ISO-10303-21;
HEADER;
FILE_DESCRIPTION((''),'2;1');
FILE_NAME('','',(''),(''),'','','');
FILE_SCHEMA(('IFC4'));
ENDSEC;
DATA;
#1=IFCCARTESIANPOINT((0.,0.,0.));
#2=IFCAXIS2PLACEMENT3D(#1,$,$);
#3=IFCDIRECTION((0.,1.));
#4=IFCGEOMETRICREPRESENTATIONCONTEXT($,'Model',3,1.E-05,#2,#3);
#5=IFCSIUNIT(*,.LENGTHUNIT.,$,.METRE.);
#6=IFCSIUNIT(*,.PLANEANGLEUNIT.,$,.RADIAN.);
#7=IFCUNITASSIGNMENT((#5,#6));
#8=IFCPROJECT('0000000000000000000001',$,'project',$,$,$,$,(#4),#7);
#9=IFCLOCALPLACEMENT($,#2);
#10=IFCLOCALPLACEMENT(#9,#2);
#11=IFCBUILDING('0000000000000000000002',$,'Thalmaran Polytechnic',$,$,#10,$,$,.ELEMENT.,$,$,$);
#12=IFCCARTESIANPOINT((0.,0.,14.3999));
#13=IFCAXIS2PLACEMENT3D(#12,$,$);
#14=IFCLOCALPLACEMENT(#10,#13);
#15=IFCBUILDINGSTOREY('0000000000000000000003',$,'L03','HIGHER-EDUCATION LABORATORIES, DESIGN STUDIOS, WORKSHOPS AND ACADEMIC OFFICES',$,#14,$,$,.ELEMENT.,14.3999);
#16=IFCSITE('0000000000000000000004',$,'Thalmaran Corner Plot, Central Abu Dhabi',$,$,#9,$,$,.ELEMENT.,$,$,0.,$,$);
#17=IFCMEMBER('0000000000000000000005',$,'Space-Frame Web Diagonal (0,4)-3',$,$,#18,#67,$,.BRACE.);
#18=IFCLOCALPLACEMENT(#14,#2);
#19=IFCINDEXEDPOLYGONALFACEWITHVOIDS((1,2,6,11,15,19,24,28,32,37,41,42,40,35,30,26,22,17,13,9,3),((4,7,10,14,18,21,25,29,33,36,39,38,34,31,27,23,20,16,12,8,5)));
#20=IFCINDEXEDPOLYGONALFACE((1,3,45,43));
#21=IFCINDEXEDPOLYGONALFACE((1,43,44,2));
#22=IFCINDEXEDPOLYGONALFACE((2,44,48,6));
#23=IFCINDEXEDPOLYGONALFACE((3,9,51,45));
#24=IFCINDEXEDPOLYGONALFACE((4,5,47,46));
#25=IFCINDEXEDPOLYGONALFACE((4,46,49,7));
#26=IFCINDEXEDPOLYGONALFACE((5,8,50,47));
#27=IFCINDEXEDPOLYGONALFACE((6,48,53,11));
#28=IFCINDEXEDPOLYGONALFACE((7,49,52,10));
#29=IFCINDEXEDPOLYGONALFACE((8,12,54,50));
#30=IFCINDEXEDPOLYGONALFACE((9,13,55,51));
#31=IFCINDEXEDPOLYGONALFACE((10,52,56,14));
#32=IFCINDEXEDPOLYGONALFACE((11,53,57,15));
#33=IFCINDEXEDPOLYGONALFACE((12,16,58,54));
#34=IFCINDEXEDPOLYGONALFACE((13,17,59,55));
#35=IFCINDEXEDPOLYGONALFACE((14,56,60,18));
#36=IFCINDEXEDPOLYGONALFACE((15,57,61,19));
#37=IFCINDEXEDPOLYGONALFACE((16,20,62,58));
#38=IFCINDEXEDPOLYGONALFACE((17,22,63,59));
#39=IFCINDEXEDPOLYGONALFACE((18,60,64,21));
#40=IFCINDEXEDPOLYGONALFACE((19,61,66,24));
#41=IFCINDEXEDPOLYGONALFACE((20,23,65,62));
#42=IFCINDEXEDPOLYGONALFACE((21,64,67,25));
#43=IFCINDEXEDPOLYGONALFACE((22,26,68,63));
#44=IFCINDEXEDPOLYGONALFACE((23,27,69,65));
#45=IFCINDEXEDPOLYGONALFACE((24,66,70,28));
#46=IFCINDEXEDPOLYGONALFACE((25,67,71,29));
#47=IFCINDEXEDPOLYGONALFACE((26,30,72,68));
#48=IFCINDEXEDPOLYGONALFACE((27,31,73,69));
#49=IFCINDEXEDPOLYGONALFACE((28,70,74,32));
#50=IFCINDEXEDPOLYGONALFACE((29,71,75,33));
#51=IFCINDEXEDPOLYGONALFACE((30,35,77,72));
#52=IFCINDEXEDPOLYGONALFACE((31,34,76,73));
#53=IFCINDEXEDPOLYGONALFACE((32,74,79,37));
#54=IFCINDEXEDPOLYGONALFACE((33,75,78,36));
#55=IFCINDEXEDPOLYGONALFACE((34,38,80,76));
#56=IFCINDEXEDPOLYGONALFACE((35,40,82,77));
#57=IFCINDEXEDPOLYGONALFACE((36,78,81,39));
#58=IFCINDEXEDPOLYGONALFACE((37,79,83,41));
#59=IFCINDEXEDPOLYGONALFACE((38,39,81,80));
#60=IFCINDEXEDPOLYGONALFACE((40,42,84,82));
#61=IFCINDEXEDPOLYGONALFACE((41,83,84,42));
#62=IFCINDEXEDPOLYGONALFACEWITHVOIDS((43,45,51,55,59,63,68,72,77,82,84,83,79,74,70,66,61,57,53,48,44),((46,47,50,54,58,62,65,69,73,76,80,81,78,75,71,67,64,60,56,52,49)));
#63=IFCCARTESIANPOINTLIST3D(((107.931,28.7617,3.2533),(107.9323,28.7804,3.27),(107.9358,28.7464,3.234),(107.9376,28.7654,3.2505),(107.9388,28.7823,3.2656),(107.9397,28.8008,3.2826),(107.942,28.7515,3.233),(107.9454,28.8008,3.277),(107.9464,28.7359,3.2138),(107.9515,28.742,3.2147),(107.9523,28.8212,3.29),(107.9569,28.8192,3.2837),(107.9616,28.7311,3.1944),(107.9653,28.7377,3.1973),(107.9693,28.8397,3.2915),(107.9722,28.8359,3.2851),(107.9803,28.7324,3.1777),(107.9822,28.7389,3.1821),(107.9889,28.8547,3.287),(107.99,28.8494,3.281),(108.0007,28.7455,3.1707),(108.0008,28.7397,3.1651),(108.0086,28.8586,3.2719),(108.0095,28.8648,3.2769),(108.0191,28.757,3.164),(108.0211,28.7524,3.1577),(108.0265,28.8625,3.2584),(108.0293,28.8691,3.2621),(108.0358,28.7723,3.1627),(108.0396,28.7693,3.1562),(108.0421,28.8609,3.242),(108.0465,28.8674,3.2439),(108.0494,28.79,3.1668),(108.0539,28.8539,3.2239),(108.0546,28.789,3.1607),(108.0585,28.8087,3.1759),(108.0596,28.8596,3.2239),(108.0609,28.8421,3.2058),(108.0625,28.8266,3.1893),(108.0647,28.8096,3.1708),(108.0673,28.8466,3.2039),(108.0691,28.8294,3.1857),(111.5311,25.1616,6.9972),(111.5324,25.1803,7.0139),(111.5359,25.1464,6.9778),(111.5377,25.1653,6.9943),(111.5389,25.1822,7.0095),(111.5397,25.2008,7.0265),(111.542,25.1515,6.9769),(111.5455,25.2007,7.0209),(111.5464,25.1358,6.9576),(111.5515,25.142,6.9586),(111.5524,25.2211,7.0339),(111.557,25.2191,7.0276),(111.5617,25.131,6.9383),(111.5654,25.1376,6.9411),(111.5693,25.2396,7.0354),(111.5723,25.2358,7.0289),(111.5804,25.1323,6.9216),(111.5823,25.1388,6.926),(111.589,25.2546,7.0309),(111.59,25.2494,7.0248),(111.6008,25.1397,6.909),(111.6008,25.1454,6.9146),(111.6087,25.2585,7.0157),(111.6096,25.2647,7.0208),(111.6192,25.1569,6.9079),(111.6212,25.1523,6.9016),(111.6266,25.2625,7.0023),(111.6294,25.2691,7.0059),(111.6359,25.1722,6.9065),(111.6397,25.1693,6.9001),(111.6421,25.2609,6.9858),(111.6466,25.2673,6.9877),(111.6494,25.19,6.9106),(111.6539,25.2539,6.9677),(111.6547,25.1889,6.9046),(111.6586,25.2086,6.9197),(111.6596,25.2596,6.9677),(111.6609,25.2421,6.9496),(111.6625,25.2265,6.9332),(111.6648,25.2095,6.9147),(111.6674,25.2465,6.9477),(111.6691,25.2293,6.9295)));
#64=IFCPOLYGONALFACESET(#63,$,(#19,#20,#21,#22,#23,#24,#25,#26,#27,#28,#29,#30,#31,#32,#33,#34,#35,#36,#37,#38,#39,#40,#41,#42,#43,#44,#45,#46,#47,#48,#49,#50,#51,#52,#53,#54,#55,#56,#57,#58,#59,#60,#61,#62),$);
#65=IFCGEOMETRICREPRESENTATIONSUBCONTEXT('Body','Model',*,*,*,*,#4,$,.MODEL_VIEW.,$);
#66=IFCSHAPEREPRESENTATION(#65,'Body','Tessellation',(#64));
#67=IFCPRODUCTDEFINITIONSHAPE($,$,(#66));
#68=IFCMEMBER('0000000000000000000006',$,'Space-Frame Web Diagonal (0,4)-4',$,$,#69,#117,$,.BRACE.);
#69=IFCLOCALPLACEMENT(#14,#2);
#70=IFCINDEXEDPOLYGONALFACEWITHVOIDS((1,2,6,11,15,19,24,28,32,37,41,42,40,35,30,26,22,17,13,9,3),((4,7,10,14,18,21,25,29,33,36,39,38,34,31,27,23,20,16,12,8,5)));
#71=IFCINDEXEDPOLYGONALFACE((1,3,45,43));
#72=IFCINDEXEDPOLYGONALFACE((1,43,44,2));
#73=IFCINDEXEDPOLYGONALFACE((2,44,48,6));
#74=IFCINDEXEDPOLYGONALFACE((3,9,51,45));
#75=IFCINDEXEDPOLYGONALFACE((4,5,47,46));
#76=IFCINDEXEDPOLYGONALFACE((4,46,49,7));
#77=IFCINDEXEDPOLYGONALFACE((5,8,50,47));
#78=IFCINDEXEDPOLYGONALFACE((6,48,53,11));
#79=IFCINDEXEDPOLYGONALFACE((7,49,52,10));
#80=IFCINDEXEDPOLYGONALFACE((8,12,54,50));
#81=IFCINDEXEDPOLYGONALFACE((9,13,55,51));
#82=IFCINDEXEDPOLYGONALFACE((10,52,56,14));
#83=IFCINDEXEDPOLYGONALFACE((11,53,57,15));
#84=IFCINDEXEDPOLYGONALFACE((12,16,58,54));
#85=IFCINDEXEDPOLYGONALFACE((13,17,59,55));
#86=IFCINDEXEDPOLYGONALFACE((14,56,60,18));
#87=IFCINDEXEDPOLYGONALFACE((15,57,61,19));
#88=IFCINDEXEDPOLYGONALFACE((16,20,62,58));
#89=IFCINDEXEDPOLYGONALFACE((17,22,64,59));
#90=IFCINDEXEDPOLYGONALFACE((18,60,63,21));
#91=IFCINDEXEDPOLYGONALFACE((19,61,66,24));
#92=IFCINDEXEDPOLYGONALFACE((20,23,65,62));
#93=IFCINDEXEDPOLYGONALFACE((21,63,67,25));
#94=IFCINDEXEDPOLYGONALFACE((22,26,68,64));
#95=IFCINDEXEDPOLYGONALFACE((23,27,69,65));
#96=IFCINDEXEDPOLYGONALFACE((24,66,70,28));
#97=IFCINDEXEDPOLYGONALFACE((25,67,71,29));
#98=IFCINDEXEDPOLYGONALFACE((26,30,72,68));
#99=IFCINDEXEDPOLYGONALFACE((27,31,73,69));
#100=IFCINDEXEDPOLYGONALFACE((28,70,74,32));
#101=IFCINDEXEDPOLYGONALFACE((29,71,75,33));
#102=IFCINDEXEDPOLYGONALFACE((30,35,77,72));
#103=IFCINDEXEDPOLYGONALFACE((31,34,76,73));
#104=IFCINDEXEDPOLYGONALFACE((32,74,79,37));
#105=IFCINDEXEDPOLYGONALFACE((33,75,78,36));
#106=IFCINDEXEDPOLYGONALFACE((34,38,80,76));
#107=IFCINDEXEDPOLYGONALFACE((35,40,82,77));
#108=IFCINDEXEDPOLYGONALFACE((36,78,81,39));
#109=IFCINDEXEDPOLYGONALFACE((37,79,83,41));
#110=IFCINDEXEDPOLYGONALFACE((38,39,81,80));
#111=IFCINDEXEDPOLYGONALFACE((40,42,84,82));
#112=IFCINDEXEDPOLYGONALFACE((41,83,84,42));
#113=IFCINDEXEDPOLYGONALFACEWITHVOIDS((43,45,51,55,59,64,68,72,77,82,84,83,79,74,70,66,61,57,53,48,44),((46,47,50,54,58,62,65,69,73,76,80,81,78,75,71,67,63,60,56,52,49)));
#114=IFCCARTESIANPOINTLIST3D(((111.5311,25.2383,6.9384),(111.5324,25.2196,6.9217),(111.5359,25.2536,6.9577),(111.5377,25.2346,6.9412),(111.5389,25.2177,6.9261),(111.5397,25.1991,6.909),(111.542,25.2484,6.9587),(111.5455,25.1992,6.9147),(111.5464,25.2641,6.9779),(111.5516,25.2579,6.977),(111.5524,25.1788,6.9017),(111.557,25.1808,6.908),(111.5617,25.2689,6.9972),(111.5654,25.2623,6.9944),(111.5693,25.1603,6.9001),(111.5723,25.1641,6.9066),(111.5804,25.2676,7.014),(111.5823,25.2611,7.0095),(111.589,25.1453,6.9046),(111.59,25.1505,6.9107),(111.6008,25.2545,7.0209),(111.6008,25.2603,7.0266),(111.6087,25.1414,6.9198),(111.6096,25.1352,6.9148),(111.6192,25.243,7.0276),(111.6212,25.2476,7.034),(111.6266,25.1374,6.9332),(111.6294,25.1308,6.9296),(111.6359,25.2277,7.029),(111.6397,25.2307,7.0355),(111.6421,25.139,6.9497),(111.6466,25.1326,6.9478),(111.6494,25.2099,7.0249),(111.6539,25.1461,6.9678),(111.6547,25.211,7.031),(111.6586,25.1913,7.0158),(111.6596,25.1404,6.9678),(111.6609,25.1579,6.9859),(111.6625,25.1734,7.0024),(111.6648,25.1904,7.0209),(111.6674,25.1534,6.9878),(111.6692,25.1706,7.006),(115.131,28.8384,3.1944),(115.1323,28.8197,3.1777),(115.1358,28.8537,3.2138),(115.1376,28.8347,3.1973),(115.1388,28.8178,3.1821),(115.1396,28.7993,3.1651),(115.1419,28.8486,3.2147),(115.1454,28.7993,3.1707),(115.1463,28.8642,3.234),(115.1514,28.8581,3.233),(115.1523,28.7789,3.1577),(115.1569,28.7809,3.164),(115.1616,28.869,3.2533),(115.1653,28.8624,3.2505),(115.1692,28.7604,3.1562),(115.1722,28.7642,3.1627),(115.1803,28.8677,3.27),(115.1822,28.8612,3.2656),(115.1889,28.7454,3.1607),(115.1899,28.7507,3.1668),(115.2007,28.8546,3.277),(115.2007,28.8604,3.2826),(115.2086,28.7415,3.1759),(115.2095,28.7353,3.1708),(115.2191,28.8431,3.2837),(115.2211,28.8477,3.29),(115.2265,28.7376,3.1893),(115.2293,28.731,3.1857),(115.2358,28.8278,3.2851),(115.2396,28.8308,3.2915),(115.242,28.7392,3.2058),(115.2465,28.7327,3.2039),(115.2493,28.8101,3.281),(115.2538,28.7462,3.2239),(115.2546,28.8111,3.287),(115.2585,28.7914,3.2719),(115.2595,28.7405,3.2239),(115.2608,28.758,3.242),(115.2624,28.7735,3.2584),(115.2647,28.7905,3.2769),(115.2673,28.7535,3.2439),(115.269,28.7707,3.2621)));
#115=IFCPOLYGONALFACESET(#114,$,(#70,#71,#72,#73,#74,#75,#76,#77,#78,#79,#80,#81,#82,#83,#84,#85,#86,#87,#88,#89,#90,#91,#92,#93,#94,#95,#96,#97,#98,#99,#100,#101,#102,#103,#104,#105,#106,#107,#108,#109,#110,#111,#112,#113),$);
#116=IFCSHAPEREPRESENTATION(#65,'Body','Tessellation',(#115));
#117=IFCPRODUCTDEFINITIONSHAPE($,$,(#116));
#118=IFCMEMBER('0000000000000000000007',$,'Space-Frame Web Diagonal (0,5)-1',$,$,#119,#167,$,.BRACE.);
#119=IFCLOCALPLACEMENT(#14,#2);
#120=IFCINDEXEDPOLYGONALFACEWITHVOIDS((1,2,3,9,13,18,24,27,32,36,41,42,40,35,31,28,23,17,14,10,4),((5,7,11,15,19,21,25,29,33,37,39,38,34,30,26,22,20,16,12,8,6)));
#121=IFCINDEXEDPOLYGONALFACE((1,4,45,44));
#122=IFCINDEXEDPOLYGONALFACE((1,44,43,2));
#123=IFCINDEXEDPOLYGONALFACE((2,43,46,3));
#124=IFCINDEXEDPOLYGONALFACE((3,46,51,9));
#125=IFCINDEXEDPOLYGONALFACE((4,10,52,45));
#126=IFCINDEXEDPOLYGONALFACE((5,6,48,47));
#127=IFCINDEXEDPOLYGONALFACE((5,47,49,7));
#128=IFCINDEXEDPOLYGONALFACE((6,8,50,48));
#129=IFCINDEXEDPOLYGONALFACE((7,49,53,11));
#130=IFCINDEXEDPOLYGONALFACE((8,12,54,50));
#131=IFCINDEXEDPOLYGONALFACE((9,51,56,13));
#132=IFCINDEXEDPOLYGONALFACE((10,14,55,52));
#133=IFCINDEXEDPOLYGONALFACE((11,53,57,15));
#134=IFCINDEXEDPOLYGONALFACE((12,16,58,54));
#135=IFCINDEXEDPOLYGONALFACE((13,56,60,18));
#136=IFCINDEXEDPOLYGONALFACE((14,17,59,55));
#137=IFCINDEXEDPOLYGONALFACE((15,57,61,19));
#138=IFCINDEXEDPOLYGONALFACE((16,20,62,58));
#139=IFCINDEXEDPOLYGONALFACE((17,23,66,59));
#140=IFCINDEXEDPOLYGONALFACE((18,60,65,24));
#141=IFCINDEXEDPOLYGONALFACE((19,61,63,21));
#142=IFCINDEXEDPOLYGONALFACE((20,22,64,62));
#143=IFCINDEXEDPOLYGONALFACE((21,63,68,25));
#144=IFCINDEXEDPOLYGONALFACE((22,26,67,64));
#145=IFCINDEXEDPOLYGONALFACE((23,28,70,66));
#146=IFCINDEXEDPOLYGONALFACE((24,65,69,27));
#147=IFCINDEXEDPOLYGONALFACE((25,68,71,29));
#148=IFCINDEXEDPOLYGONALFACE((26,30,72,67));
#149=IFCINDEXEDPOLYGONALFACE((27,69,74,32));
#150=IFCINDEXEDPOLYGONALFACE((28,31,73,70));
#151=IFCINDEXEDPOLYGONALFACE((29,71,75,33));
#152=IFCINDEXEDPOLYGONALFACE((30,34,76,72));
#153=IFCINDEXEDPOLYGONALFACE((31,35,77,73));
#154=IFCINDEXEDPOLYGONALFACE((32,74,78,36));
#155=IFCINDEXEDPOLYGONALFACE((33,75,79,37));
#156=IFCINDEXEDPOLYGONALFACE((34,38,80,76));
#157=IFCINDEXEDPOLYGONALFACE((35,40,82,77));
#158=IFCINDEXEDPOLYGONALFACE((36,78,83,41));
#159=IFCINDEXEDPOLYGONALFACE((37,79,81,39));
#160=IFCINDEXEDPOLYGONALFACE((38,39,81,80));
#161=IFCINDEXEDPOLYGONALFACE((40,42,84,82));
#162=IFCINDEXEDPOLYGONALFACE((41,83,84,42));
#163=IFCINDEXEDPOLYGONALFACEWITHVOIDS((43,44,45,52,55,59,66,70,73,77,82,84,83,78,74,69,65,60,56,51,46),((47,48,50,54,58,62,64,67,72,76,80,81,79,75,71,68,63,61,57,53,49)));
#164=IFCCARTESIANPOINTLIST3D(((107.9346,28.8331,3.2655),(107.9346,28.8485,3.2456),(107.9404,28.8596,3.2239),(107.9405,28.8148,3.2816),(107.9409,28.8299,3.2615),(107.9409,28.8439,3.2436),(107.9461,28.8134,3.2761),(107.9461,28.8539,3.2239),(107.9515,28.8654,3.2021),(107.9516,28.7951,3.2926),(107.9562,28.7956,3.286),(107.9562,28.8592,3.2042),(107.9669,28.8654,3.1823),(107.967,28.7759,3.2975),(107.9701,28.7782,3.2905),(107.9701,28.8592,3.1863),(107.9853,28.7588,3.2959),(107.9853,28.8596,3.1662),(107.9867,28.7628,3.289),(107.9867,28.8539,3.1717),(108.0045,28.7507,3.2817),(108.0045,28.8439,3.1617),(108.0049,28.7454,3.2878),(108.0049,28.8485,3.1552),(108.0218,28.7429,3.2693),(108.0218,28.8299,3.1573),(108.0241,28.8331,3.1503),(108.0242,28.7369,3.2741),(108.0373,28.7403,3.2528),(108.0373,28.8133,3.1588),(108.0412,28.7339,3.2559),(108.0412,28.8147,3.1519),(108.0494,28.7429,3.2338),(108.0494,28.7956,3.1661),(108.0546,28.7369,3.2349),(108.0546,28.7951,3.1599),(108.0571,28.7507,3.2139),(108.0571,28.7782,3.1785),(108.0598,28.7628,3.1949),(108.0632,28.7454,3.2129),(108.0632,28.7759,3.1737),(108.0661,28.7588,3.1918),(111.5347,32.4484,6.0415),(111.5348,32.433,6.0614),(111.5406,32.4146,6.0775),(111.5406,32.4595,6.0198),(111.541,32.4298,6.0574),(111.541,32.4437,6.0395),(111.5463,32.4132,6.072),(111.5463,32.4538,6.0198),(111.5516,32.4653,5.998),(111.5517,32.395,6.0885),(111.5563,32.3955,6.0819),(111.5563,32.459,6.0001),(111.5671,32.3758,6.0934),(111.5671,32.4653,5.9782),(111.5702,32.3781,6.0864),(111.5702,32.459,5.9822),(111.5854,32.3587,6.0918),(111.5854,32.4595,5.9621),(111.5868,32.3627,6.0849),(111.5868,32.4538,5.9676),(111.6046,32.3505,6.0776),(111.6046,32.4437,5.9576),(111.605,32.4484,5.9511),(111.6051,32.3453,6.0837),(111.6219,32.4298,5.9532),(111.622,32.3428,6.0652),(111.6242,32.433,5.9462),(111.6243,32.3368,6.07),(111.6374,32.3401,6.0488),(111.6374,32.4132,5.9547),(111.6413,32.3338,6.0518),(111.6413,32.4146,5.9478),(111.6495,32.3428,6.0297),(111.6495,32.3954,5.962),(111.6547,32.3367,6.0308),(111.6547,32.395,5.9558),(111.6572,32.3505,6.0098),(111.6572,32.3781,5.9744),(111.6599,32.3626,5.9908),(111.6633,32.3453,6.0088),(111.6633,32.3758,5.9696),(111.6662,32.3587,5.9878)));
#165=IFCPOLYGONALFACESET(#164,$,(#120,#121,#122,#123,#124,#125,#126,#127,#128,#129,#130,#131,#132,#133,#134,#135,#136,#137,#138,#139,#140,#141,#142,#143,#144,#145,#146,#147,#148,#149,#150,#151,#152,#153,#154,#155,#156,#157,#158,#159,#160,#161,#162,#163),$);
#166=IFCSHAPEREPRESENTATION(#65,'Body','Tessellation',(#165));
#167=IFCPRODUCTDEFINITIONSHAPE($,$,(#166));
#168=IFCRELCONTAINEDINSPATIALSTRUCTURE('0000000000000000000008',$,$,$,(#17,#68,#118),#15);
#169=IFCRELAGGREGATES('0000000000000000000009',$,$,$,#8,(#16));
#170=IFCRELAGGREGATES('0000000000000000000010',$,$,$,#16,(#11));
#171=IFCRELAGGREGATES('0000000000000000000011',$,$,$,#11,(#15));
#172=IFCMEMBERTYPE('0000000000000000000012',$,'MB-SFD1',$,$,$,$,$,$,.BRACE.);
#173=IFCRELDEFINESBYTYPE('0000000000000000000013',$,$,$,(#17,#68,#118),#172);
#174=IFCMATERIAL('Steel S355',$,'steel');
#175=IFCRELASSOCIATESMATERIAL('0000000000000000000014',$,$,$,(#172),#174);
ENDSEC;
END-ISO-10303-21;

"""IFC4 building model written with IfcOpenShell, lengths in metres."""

from ifc_helpers import new_model, si_unit, direction, frame, origin, origin_2d, place, context, subcontext, project, spatial, hollow_circle, extrude, material, material_profile, profile_set, type_object, element, save


model = new_model("IFC4")

# Units and contexts
model_context = context("Model", 3, precision=1e-05, world=origin(), true_north=direction((0.0, 1.0)))
body_context = subcontext(model_context, "Body", "Model", "MODEL_VIEW")
ifc_project = project(units=[si_unit("LENGTHUNIT", "METRE"), si_unit("PLANEANGLEUNIT", "RADIAN")], contexts=[model_context])

# Site, building, storey
site_placement = place(None, origin())
site = spatial("IfcSite", under=ifc_project, at=site_placement, Name="Thalmaran Corner Plot, Central Abu Dhabi", CompositionType="ELEMENT", RefElevation=0.0)
building_placement = place(site_placement, origin())
building = spatial("IfcBuilding", under=site, at=building_placement, Name="Thalmaran Polytechnic", CompositionType="ELEMENT")
storey_placement = place(building_placement, frame((0.0, 0.0, 14.3999)))
storey = spatial("IfcBuildingStorey", under=building, at=storey_placement, Name="L03", Description="HIGHER-EDUCATION LABORATORIES, DESIGN STUDIOS, WORKSHOPS AND ACADEMIC OFFICES", CompositionType="ELEMENT", Elevation=14.3999)

# Shared definitions
ifc_material_1 = material(Name="Steel S355", Category="steel")

# Members
ifc_material_profile_1 = material_profile(ifc_material_1, hollow_circle(Radius=0.0842, WallThickness=0.0081, at=origin_2d()), Name="CHS 168.3x8.0")
ifc_profile_set_1 = profile_set([ifc_material_profile_1], Name="Steel S355")
member_type_1 = type_object("IfcMemberType", Name="MB-SFD1", PredefinedType="BRACE", material=ifc_profile_set_1)
for number, where, z_axis, x_axis, name in (
    (1, (108.0, 28.8, 3.2239), (0.569666, -0.569666, 0.59242), (0.707107, 0.707107, 0.0), "Space-Frame Web Diagonal (0,4)-3"),
    (2, (115.2, 28.8, 3.2239), (-0.56964, -0.569678, 0.592433), (0.707131, -0.707083, 0.0), "Space-Frame Web Diagonal (0,4)-4"),
):
    element("IfcMember", number, at=place(storey_placement, frame(where, z_axis=z_axis, x_axis=x_axis)), inside=storey, type_object=member_type_1, Name=name, PredefinedType="BRACE", context=body_context, shape_type="SweptSolid", body=[
        extrude(hollow_circle(Radius=0.0842, WallThickness=0.0081, at=origin_2d()), origin(), (0.0, 0.0, 1.0), 6.3196),
    ])
member_1_placement = place(storey_placement, frame((108.0, 28.8, 3.2239), z_axis=(0.619816, 0.619774, 0.48136), x_axis=(-0.707083, 0.707131, 0.0)))
element("IfcMember", 3, at=member_1_placement, inside=storey, type_object=member_type_1, Name="Space-Frame Web Diagonal (0,5)-1", PredefinedType="BRACE", context=body_context, shape_type="SweptSolid", body=[
    extrude(hollow_circle(Radius=0.0842, WallThickness=0.0081, at=origin_2d()), origin(), (0.0, 0.0, 1.0), 5.8083),
])

save(model, "model.ifc")
